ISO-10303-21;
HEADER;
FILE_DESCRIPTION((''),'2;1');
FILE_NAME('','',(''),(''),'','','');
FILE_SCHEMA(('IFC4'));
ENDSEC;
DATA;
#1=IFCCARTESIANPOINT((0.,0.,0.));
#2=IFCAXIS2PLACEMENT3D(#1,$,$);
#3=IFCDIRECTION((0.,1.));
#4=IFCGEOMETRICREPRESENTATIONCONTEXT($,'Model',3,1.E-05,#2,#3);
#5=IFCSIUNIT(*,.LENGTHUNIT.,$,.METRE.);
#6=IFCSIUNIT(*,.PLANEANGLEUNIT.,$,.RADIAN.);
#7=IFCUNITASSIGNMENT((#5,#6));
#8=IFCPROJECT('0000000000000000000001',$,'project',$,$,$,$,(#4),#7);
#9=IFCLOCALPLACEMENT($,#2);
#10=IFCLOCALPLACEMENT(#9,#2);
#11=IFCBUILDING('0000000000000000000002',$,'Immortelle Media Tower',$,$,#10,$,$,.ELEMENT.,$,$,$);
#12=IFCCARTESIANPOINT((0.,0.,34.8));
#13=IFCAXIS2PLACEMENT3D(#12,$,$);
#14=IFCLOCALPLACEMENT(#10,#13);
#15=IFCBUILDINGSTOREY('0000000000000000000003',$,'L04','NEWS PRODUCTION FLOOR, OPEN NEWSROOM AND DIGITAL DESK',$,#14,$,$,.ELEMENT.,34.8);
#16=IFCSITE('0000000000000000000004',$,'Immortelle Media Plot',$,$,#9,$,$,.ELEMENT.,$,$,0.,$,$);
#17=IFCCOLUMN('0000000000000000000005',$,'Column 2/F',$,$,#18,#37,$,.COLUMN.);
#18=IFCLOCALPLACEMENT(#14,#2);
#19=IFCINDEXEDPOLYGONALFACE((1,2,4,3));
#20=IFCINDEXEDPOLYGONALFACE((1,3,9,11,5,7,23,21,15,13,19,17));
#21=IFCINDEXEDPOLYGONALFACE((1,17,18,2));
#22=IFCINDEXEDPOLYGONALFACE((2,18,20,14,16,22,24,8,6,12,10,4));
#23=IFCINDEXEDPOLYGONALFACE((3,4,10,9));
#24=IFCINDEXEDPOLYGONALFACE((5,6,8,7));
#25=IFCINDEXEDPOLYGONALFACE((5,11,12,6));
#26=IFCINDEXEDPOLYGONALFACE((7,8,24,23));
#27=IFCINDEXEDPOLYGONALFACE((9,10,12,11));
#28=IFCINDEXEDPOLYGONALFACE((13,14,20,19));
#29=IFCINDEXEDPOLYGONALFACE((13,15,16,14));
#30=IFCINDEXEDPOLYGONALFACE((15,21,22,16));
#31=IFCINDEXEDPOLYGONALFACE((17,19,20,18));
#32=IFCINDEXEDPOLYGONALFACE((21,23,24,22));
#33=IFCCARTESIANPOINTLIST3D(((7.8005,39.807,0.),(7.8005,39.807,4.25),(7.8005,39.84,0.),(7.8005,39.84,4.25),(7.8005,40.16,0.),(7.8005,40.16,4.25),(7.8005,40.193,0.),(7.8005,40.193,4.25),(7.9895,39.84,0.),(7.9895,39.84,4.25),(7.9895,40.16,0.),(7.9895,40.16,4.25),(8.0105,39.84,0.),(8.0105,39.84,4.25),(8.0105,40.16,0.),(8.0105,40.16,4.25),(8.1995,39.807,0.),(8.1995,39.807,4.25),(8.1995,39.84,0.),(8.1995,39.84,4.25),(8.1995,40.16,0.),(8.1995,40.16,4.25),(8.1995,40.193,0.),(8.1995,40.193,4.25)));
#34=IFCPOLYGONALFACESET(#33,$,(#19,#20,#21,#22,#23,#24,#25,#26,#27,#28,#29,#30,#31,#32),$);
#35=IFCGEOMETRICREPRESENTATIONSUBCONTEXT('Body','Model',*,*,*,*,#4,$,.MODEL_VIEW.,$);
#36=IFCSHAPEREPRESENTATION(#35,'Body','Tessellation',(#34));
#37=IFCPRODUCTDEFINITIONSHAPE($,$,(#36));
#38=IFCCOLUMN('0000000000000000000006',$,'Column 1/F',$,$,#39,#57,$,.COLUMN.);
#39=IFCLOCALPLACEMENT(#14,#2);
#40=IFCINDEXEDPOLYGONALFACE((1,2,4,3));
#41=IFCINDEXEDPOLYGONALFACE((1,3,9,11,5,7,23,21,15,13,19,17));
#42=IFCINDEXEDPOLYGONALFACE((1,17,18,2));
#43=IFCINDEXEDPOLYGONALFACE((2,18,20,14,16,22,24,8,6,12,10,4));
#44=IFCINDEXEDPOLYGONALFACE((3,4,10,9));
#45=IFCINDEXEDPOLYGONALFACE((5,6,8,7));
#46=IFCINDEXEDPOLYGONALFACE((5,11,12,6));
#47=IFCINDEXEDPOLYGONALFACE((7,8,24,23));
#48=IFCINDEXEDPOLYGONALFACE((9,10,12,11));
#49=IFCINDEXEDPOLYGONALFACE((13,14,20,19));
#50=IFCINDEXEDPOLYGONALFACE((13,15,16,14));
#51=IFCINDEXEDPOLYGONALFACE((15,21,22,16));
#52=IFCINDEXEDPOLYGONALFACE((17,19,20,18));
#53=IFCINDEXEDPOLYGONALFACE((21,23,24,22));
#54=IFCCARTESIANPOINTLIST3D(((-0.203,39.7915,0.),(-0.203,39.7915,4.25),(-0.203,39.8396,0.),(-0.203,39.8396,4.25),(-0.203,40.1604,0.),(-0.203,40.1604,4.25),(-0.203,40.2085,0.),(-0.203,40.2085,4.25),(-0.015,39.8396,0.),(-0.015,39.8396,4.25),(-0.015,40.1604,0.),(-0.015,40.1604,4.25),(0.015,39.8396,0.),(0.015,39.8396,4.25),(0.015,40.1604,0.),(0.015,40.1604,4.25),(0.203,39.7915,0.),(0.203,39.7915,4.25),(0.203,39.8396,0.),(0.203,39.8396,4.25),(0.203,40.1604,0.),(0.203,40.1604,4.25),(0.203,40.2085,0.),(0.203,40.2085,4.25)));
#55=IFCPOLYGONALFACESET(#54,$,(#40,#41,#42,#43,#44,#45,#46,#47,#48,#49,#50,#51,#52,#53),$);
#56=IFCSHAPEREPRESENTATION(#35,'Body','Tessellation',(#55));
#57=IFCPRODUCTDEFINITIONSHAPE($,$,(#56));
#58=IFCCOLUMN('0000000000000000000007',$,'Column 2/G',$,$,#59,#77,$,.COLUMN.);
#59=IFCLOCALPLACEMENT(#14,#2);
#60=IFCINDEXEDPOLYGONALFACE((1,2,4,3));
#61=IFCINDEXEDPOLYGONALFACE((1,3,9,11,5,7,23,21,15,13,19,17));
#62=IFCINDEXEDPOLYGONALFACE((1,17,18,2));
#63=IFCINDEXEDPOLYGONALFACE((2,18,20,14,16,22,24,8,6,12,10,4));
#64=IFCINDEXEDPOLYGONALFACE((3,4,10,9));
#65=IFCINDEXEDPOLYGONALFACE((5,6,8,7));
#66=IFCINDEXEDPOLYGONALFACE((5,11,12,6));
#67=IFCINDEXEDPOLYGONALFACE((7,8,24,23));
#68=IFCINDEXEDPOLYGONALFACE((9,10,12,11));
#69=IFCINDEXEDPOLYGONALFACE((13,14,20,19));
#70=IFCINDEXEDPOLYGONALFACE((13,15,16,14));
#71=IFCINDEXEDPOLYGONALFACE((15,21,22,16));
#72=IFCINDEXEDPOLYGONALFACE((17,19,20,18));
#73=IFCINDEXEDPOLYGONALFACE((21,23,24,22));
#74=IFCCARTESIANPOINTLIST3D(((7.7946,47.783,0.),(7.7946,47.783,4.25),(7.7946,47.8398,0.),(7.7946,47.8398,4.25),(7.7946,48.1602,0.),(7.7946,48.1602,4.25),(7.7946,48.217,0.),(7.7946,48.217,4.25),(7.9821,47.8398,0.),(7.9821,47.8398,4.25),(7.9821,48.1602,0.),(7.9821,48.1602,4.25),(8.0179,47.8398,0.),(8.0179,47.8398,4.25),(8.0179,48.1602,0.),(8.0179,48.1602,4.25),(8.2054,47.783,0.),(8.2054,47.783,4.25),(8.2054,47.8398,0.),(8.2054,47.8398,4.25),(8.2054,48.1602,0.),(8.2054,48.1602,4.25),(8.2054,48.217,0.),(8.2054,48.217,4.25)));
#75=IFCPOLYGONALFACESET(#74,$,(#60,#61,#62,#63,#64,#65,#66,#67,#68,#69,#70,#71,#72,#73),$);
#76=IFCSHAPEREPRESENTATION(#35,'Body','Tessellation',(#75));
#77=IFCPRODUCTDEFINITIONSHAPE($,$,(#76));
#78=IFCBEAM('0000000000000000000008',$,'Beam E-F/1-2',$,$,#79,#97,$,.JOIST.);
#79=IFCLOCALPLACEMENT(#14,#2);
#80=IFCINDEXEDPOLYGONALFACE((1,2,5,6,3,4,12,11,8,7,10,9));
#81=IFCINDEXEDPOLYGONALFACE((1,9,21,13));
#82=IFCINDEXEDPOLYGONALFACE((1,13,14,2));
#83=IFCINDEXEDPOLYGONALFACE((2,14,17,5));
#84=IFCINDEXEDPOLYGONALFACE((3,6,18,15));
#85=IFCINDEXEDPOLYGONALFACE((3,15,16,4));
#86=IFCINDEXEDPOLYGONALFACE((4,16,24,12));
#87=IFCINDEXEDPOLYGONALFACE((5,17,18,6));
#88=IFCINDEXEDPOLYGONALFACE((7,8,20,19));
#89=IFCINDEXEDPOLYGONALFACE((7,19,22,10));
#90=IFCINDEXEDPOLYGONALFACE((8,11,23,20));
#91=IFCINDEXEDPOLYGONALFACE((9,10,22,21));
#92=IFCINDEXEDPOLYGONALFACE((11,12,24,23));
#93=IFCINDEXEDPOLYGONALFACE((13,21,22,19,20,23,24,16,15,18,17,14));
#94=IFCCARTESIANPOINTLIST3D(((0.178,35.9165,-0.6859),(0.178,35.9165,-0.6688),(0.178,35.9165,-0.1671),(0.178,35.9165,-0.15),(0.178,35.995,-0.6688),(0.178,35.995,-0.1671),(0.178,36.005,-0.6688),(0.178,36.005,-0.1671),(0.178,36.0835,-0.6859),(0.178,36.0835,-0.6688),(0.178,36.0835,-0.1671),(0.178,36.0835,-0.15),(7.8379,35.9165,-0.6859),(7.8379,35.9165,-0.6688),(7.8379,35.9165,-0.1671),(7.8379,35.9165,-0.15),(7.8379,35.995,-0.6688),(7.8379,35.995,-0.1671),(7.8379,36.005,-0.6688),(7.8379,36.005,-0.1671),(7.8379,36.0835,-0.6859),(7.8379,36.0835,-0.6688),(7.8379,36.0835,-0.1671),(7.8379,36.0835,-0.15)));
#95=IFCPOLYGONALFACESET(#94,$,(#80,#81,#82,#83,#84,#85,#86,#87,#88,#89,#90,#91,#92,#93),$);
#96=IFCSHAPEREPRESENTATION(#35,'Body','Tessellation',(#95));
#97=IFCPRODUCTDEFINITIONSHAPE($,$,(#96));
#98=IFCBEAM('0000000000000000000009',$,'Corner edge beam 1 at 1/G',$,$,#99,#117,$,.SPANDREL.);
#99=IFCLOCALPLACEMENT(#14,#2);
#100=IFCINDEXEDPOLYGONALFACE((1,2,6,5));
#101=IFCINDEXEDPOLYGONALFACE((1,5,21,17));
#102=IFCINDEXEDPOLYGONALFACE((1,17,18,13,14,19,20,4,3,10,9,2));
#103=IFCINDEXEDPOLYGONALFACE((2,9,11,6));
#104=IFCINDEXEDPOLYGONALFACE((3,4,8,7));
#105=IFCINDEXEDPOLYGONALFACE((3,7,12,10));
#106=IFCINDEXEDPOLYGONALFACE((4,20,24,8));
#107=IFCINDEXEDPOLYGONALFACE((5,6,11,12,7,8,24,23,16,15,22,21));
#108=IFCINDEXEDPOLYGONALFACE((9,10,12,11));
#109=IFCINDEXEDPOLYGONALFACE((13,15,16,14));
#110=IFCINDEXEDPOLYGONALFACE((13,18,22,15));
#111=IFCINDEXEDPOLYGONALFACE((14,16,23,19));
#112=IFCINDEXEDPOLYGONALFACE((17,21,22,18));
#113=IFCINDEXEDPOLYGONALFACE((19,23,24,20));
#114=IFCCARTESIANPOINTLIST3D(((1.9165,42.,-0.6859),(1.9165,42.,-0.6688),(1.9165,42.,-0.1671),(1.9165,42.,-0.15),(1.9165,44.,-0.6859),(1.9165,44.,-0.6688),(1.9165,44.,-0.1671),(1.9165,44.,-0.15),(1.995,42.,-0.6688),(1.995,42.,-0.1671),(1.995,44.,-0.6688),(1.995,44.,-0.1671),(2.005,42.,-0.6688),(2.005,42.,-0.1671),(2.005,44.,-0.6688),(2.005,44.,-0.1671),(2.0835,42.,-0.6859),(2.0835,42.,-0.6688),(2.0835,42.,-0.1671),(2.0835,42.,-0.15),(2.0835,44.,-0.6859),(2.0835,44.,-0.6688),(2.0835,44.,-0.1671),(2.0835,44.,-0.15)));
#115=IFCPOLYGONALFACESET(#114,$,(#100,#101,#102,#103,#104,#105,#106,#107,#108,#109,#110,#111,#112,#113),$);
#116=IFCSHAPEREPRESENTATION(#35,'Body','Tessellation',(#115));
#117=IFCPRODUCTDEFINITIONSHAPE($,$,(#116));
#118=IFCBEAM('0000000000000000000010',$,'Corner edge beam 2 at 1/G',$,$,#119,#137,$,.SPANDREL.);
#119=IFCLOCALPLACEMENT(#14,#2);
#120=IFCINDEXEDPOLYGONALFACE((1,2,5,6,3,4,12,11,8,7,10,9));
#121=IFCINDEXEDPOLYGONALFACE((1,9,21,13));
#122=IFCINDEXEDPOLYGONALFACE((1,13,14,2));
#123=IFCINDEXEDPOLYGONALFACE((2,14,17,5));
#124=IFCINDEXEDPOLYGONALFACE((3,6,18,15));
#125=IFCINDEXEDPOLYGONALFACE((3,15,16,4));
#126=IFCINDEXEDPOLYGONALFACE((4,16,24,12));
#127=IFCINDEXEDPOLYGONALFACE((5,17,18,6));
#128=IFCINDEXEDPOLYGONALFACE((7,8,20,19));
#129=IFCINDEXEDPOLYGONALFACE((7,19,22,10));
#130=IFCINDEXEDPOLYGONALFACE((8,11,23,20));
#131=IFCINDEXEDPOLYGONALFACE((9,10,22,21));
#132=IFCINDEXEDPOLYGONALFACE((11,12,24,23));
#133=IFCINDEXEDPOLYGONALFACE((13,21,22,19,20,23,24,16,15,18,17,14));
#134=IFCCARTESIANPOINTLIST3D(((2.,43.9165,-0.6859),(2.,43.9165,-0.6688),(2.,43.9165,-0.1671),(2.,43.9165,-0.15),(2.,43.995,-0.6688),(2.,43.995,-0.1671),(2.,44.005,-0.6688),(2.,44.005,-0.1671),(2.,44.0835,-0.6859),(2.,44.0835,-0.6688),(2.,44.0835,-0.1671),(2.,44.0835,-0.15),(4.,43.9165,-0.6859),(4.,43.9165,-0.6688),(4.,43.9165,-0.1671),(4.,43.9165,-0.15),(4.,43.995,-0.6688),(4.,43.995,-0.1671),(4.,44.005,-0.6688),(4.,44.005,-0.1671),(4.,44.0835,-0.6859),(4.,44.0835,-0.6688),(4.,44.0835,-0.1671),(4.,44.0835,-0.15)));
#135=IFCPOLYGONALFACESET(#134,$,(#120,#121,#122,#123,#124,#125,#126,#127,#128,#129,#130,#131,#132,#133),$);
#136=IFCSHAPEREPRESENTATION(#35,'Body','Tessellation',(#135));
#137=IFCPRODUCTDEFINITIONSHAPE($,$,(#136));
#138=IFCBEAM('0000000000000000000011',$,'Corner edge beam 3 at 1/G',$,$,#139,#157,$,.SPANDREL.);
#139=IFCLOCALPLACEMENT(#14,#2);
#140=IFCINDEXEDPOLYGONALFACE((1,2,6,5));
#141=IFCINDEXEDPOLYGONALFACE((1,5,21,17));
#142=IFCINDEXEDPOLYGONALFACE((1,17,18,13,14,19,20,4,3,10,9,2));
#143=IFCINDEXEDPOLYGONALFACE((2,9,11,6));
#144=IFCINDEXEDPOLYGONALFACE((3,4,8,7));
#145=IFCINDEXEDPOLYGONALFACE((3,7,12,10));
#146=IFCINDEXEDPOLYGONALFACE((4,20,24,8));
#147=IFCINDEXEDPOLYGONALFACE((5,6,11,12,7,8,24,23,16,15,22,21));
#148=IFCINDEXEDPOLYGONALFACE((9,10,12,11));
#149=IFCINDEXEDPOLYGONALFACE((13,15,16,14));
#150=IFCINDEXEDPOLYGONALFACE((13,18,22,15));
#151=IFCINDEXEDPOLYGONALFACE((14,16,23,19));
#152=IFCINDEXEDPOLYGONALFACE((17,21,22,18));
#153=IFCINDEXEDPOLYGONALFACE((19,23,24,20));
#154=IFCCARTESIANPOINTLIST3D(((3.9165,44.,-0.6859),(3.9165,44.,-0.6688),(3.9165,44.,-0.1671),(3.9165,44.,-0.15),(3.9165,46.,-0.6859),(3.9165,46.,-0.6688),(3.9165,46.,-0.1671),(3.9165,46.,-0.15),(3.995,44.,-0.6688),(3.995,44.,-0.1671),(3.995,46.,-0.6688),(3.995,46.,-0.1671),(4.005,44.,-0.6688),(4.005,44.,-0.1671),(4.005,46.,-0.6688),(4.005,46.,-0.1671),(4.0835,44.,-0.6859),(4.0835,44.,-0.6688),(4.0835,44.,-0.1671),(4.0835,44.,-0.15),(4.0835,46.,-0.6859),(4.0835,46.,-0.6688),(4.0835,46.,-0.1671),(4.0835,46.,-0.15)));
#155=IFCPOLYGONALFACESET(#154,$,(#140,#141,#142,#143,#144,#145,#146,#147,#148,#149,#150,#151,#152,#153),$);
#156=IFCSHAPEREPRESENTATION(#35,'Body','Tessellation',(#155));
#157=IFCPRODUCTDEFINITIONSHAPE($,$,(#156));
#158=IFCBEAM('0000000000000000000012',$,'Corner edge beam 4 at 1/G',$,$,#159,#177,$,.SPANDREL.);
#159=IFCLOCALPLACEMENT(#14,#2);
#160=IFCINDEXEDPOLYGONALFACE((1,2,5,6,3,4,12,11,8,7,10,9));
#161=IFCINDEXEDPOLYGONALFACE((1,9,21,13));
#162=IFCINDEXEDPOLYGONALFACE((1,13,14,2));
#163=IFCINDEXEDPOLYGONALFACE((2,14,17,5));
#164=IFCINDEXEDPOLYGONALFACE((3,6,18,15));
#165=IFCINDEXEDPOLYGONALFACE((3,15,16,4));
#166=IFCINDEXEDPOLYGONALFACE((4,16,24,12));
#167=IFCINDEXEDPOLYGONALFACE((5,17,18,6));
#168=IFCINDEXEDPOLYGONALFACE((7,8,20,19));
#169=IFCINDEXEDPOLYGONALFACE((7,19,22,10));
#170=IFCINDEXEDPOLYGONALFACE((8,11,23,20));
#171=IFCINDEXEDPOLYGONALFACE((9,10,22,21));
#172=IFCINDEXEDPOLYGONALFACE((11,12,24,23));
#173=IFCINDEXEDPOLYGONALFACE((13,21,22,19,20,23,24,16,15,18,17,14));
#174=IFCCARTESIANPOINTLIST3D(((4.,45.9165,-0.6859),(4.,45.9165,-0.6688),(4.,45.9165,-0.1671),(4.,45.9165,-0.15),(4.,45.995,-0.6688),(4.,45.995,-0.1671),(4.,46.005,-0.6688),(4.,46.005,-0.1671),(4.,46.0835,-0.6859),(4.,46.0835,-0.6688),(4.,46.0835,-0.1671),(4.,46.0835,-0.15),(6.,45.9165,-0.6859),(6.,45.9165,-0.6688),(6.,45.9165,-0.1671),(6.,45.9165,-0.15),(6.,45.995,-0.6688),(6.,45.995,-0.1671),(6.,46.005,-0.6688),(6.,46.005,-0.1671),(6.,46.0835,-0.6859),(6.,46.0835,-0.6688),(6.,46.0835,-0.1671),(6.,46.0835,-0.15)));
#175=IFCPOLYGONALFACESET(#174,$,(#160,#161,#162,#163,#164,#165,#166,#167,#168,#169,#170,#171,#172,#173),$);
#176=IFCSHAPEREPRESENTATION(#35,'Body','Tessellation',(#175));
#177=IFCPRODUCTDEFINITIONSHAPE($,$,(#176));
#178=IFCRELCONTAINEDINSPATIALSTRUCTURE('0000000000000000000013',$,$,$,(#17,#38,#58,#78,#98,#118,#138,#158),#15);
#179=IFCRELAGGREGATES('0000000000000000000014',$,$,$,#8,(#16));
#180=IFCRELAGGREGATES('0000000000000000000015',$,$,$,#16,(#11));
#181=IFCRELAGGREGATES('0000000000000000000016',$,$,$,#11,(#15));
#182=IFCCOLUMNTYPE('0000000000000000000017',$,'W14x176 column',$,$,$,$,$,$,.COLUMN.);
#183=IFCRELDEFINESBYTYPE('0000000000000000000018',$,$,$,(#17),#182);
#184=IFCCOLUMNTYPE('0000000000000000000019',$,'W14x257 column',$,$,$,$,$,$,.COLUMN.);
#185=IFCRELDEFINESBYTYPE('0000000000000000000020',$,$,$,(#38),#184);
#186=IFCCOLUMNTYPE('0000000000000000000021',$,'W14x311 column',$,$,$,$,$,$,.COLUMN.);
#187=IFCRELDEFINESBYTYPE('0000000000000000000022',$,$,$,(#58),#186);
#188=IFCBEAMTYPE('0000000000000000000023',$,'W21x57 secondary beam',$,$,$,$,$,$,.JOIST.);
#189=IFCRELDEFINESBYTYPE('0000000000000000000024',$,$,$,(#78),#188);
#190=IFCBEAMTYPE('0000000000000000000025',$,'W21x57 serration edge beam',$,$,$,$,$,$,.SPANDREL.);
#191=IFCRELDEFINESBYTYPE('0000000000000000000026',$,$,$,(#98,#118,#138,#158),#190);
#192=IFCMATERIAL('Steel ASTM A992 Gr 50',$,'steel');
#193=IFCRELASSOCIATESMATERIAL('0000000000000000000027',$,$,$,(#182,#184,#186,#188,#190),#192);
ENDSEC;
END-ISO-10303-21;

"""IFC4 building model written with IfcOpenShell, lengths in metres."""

from ifc_helpers import new_model, si_unit, direction, frame, origin, origin_2d, place, context, subcontext, project, spatial, i_section, extrude, material, material_profile, profile_set, type_object, element, save


model = new_model("IFC4")

# Units and contexts
model_context = context("Model", 3, precision=1e-05, world=origin(), true_north=direction((0.0, 1.0)))
body_context = subcontext(model_context, "Body", "Model", "MODEL_VIEW")
ifc_project = project(units=[si_unit("LENGTHUNIT", "METRE"), si_unit("PLANEANGLEUNIT", "RADIAN")], contexts=[model_context])

# Site, building, storey
site_placement = place(None, origin())
site = spatial("IfcSite", under=ifc_project, at=site_placement, Name="Immortelle Media Plot", CompositionType="ELEMENT", RefElevation=0.0)
building_placement = place(site_placement, origin())
building = spatial("IfcBuilding", under=site, at=building_placement, Name="Immortelle Media Tower", CompositionType="ELEMENT")
storey_placement = place(building_placement, frame((0.0, 0.0, 34.8)))
storey = spatial("IfcBuildingStorey", under=building, at=storey_placement, Name="L04", Description="NEWS PRODUCTION FLOOR, OPEN NEWSROOM AND DIGITAL DESK", CompositionType="ELEMENT", Elevation=34.8)

# Columns
ifc_material_1 = material(Name="Steel ASTM A992 Gr 50", Category="steel")
ifc_material_profile_1 = material_profile(ifc_material_1, i_section(OverallWidth=0.3989, OverallDepth=0.386, WebThickness=0.021, FlangeThickness=0.033, at=origin_2d()), Name="W14x176")
ifc_profile_set_1 = profile_set([ifc_material_profile_1], Name="Steel ASTM A992 Gr 50")
column_type_1 = type_object("IfcColumnType", Name="W14x176 column", PredefinedType="COLUMN", material=ifc_profile_set_1)
column_1_placement = place(storey_placement, frame((8.0, 40.0, 0.0), z_axis=(0.0, 0.0, 1.0), x_axis=(1.0, 0.0, 0.0)))
element("IfcColumn", 1, at=column_1_placement, inside=storey, type_object=column_type_1, Name="Column 2/F", PredefinedType="COLUMN", context=body_context, shape_type="SweptSolid", body=[
    extrude(i_section(OverallWidth=0.3989, OverallDepth=0.386, WebThickness=0.021, FlangeThickness=0.033, at=origin_2d()), origin(), (0.0, 0.0, 1.0), 4.25),
])
ifc_material_profile_2 = material_profile(ifc_material_1, i_section(OverallWidth=0.406, OverallDepth=0.417, WebThickness=0.03, FlangeThickness=0.0481, at=origin_2d()), Name="W14x257")
ifc_profile_set_2 = profile_set([ifc_material_profile_2], Name="Steel ASTM A992 Gr 50")
column_type_2 = type_object("IfcColumnType", Name="W14x257 column", PredefinedType="COLUMN", material=ifc_profile_set_2)
column_2_placement = place(storey_placement, frame((0.0, 40.0, 0.0), z_axis=(0.0, 0.0, 1.0), x_axis=(1.0, 0.0, 0.0)))
element("IfcColumn", 2, at=column_2_placement, inside=storey, type_object=column_type_2, Name="Column 1/F", PredefinedType="COLUMN", context=body_context, shape_type="SweptSolid", body=[
    extrude(i_section(OverallWidth=0.406, OverallDepth=0.417, WebThickness=0.03, FlangeThickness=0.0481, at=origin_2d()), origin(), (0.0, 0.0, 1.0), 4.25),
])
ifc_material_profile_3 = material_profile(ifc_material_1, i_section(OverallWidth=0.4109, OverallDepth=0.4341, WebThickness=0.0359, FlangeThickness=0.0569, at=origin_2d()), Name="W14x311")
ifc_profile_set_3 = profile_set([ifc_material_profile_3], Name="Steel ASTM A992 Gr 50")
column_type_3 = type_object("IfcColumnType", Name="W14x311 column", PredefinedType="COLUMN", material=ifc_profile_set_3)
column_3_placement = place(storey_placement, frame((8.0, 48.0, 0.0), z_axis=(0.0, 0.0, 1.0), x_axis=(1.0, 0.0, 0.0)))
element("IfcColumn", 3, at=column_3_placement, inside=storey, type_object=column_type_3, Name="Column 2/G", PredefinedType="COLUMN", context=body_context, shape_type="SweptSolid", body=[
    extrude(i_section(OverallWidth=0.4109, OverallDepth=0.4341, WebThickness=0.0359, FlangeThickness=0.0569, at=origin_2d()), origin(), (0.0, 0.0, 1.0), 4.25),
])

# Beams
ifc_material_profile_4 = material_profile(ifc_material_1, i_section(OverallWidth=0.167, OverallDepth=0.5359, WebThickness=0.01, FlangeThickness=0.0171, at=origin_2d()), Name="W21x57")
ifc_profile_set_4 = profile_set([ifc_material_profile_4], Name="Steel ASTM A992 Gr 50")
beam_type_1 = type_object("IfcBeamType", Name="W21x57 secondary beam", PredefinedType="JOIST", material=ifc_profile_set_4)
beam_1_placement = place(storey_placement, frame((0.178, 36.0, -0.418), z_axis=(1.0, 0.0, 0.0), x_axis=(0.0, 1.0, 0.0)))
element("IfcBeam", 4, at=beam_1_placement, inside=storey, type_object=beam_type_1, Name="Beam E-F/1-2", PredefinedType="JOIST", context=body_context, shape_type="SweptSolid", body=[
    extrude(i_section(OverallWidth=0.167, OverallDepth=0.5359, WebThickness=0.01, FlangeThickness=0.0171, at=origin_2d()), origin(), (0.0, 0.0, 1.0), 7.6599),
])
ifc_material_profile_5 = material_profile(ifc_material_1, i_section(OverallWidth=0.167, OverallDepth=0.5359, WebThickness=0.01, FlangeThickness=0.0171, at=origin_2d()), Name="W21x57")
ifc_profile_set_5 = profile_set([ifc_material_profile_5], Name="Steel ASTM A992 Gr 50")
beam_type_2 = type_object("IfcBeamType", Name="W21x57 serration edge beam", PredefinedType="SPANDREL", material=ifc_profile_set_5)
for number, where, z_axis, x_axis, name in (
    (5, (2.0, 42.0, -0.418), (0.0, 1.0, 0.0), (-1.0, 0.0, 0.0), "Corner edge beam 1 at 1/G"),
    (6, (2.0, 44.0, -0.418), (1.0, 0.0, 0.0), (0.0, 1.0, 0.0), "Corner edge beam 2 at 1/G"),
    (7, (4.0, 44.0, -0.418), (0.0, 1.0, 0.0), (-1.0, 0.0, 0.0), "Corner edge beam 3 at 1/G"),
    (8, (4.0, 46.0, -0.418), (1.0, 0.0, 0.0), (0.0, 1.0, 0.0), "Corner edge beam 4 at 1/G"),
):
    element("IfcBeam", number, at=place(storey_placement, frame(where, z_axis=z_axis, x_axis=x_axis)), inside=storey, type_object=beam_type_2, Name=name, PredefinedType="SPANDREL", context=body_context, shape_type="SweptSolid", body=[
        extrude(i_section(OverallWidth=0.167, OverallDepth=0.5359, WebThickness=0.01, FlangeThickness=0.0171, at=origin_2d()), origin(), (0.0, 0.0, 1.0), 2.0),
    ])

save(model, "model.ifc")
